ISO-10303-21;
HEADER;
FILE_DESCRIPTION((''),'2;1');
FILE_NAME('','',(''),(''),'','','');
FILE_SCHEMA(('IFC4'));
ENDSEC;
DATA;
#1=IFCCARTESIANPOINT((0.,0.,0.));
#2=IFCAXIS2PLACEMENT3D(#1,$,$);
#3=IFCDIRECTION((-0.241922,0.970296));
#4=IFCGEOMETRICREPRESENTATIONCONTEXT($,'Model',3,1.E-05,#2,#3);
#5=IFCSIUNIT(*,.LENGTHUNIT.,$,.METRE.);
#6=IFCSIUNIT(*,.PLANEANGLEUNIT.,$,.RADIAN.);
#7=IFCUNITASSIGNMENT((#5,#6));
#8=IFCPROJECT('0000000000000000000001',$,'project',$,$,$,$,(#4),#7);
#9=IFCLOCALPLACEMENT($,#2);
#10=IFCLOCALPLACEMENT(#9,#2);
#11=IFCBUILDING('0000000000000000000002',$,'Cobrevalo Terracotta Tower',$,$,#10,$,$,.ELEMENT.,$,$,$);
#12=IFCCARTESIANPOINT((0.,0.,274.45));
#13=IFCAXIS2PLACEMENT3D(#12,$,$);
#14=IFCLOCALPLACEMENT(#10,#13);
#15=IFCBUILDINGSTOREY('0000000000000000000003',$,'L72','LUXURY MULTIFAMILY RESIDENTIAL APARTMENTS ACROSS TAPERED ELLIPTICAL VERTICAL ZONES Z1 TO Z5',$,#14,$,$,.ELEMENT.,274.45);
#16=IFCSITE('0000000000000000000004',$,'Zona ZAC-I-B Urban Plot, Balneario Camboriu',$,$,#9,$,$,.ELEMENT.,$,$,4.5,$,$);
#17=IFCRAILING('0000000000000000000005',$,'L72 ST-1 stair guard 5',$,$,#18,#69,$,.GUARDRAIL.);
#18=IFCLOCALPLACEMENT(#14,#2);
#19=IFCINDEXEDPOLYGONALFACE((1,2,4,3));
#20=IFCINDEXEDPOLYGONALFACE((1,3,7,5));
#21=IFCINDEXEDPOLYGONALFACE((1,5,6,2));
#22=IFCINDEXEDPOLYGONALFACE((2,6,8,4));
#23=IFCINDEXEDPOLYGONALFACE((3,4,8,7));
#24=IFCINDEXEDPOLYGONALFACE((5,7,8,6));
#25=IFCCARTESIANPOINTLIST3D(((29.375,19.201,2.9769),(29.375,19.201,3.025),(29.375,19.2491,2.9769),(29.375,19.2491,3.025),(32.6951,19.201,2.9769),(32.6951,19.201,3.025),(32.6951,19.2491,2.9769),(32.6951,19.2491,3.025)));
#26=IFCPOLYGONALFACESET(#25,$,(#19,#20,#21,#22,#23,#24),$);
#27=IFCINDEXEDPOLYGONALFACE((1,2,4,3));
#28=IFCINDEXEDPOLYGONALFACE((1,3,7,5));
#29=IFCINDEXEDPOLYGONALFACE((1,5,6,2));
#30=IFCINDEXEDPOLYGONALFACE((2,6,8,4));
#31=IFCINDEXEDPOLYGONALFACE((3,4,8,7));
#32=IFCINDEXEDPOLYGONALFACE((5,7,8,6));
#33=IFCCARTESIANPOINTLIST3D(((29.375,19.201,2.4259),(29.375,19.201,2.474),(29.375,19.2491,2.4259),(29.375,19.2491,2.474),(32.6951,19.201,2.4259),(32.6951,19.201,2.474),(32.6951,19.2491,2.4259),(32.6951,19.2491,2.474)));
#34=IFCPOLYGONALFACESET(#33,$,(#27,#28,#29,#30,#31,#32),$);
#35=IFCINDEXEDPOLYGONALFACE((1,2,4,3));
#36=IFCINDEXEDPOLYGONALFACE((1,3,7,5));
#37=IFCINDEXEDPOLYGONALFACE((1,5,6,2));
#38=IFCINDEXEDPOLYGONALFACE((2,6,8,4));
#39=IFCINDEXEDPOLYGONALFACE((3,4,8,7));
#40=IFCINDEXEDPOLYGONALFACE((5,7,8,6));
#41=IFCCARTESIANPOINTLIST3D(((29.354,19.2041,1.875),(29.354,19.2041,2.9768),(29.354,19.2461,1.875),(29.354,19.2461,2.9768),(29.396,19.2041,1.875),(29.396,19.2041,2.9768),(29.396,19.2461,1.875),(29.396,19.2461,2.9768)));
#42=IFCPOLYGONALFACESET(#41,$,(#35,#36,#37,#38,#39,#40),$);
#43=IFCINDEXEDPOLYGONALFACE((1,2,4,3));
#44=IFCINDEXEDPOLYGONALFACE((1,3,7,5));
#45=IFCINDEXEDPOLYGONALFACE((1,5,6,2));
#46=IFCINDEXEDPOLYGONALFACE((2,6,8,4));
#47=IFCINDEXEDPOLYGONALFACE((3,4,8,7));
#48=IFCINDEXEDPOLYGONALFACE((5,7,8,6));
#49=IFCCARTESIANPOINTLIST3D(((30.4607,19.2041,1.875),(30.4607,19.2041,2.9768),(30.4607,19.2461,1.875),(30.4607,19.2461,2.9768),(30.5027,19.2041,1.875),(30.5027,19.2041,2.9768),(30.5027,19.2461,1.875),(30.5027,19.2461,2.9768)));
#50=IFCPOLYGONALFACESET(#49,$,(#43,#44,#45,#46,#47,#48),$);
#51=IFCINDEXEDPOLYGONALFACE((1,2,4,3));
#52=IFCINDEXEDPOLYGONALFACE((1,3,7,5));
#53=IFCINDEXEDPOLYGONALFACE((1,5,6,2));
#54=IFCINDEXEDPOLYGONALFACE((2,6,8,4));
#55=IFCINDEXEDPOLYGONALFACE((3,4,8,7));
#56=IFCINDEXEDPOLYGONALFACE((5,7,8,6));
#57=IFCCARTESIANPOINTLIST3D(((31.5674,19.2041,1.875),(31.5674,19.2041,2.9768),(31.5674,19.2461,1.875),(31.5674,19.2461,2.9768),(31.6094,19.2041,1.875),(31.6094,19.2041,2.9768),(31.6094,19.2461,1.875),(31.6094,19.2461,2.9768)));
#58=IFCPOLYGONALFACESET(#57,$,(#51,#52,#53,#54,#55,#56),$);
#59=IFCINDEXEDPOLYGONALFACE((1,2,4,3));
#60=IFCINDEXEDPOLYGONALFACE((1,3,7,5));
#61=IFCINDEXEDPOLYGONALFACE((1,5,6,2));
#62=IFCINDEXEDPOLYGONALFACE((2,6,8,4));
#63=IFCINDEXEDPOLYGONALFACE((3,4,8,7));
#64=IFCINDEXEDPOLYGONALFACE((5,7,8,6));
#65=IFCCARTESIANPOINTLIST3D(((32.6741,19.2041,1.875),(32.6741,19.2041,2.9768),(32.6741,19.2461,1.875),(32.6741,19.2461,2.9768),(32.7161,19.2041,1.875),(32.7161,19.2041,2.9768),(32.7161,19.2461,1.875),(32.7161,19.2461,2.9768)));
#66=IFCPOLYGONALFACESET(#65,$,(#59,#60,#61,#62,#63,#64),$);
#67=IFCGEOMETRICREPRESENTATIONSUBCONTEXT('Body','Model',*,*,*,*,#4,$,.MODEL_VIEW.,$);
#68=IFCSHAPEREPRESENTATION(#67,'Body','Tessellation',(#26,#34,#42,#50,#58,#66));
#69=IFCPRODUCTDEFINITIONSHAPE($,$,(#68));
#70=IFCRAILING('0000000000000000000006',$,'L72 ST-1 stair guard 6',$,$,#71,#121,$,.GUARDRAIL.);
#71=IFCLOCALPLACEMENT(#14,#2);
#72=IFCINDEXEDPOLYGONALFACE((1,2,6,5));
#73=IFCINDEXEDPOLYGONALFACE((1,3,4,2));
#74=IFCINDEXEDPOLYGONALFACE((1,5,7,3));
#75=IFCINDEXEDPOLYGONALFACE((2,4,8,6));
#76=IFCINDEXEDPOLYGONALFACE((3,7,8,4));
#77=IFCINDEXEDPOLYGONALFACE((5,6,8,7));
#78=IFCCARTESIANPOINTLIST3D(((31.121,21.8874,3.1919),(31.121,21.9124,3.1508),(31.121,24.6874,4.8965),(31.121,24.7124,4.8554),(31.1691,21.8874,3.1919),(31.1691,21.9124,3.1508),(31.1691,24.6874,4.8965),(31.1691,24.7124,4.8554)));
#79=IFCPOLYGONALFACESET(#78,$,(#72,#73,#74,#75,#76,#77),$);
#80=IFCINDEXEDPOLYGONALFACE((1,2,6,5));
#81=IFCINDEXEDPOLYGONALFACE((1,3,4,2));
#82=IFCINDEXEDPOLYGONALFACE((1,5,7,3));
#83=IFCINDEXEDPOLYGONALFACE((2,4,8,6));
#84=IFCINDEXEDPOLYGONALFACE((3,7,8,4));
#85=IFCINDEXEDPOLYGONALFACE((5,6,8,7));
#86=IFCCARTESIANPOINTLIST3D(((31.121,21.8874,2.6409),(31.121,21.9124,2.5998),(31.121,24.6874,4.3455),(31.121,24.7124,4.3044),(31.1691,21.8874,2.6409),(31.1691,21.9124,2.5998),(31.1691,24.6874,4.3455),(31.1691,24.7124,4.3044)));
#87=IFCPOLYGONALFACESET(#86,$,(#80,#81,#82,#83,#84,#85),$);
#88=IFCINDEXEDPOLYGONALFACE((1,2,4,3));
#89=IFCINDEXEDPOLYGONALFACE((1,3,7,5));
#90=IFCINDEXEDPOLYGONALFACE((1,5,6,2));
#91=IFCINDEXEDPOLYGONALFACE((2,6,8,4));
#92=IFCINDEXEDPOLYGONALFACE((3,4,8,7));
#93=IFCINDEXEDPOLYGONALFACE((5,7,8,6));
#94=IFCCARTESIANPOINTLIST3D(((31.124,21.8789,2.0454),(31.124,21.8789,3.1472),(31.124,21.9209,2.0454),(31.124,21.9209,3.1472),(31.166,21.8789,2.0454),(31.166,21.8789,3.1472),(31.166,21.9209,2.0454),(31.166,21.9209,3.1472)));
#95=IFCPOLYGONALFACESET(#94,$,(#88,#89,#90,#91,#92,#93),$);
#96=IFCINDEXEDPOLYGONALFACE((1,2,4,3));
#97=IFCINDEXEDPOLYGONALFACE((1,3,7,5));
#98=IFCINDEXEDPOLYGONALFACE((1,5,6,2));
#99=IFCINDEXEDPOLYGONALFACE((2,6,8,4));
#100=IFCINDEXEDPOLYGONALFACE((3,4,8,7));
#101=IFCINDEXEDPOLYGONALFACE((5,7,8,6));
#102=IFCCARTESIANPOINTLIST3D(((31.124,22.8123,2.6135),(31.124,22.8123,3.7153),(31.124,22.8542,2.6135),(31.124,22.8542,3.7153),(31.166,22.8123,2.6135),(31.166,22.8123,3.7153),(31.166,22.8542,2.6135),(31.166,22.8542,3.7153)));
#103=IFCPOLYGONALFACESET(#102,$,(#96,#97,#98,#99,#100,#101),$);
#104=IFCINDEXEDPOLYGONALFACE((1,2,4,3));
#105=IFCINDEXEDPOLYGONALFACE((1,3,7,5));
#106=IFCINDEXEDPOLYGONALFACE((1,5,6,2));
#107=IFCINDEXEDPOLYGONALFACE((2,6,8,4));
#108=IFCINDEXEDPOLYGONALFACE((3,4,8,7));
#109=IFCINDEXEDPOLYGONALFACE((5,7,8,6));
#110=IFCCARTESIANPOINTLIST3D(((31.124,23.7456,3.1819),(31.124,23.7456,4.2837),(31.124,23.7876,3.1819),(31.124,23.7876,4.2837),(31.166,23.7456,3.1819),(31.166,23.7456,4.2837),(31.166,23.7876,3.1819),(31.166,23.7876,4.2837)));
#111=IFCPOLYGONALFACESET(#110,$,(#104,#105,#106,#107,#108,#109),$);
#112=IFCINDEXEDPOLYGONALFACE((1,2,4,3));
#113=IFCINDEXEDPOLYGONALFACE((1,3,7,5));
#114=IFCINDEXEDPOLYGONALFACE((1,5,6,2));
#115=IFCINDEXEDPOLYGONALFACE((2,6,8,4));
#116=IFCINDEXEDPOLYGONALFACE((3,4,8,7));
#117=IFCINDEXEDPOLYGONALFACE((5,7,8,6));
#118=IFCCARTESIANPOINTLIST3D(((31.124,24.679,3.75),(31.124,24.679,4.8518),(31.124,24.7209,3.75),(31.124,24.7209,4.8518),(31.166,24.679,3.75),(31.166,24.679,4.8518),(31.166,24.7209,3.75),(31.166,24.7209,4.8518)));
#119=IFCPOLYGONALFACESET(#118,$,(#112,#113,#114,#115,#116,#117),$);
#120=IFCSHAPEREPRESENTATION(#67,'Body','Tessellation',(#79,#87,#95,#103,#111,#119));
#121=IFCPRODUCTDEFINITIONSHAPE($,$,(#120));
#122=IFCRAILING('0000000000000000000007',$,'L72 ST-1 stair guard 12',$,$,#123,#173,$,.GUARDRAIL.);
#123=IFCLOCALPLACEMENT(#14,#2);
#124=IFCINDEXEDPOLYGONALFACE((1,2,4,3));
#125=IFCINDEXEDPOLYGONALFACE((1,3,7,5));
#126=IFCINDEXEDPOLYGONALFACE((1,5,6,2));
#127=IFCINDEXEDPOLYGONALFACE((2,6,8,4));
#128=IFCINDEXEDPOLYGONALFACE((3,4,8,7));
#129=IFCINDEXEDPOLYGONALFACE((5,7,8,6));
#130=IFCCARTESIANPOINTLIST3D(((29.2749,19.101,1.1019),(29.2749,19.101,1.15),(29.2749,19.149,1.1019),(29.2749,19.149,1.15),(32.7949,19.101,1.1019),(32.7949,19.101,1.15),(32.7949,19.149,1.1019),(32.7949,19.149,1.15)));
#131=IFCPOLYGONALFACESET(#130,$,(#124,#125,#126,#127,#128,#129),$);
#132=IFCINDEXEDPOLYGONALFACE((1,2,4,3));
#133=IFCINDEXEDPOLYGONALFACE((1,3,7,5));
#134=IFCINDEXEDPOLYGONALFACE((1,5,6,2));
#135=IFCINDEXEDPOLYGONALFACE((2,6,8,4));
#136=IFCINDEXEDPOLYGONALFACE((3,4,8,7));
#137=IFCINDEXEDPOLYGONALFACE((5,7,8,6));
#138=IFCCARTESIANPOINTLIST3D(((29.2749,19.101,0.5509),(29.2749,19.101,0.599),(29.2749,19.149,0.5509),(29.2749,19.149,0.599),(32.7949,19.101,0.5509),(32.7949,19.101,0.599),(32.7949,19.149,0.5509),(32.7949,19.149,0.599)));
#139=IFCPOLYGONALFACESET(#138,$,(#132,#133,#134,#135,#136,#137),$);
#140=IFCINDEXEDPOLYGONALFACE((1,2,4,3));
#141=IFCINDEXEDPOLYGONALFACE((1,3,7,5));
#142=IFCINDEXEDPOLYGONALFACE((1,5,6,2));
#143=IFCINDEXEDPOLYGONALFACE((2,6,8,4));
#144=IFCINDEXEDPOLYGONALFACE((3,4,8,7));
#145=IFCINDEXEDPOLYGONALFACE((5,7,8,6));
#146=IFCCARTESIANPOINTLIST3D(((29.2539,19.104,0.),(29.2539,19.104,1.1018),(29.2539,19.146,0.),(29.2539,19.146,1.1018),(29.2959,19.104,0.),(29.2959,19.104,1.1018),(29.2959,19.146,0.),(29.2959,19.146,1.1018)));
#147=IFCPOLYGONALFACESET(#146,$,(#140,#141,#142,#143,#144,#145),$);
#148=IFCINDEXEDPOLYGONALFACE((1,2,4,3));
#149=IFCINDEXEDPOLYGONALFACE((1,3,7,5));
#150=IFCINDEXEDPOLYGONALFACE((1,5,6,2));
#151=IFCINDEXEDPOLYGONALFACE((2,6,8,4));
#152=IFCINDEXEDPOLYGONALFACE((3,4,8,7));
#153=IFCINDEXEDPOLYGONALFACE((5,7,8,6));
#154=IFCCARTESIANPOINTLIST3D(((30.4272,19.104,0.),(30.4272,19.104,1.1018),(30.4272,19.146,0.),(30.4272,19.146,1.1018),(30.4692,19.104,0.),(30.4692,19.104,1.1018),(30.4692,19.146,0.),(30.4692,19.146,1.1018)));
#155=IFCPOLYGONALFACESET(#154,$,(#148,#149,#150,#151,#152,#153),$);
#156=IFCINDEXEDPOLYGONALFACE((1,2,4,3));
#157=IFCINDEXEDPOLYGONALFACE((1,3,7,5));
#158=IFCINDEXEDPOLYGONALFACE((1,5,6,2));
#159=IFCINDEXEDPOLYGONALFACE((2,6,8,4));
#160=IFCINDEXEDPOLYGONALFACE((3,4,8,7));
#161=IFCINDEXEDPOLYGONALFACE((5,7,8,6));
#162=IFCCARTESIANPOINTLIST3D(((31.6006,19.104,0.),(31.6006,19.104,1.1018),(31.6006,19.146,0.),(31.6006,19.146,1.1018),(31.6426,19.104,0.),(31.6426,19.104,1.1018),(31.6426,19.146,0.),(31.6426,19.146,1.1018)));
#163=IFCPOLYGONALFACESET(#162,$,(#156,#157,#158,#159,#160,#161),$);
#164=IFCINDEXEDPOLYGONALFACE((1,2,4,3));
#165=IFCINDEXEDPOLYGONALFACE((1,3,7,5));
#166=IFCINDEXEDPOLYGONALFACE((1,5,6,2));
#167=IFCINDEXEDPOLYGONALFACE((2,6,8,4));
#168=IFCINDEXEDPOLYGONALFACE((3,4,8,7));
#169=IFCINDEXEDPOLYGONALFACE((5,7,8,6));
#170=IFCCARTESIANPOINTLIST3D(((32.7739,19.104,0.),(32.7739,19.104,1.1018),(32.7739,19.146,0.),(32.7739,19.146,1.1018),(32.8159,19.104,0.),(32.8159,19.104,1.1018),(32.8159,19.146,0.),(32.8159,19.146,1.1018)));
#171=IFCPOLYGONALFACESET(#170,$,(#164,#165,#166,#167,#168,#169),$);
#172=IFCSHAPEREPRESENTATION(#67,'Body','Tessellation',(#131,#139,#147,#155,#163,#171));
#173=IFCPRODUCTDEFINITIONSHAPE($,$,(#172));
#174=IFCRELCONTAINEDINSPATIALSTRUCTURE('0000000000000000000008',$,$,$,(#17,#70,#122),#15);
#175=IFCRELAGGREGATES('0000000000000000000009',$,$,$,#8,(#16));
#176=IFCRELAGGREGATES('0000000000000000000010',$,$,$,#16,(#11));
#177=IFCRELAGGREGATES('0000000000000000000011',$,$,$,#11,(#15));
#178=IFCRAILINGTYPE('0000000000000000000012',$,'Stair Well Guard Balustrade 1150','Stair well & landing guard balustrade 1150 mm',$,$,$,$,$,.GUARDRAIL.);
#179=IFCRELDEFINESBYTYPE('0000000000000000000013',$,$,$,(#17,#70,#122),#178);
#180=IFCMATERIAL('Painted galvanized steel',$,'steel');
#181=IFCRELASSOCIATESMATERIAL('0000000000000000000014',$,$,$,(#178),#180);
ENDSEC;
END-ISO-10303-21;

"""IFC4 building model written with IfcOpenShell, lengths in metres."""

from ifc_helpers import new_model, si_unit, direction, frame, origin, origin_2d, place, context, subcontext, project, spatial, rectangle, extrude, material, type_object, element, save


model = new_model("IFC4")

# Units and contexts
model_context = context("Model", 3, precision=1e-05, world=origin(), true_north=direction((-0.241922, 0.970296)))
body_context = subcontext(model_context, "Body", "Model", "MODEL_VIEW")
ifc_project = project(units=[si_unit("LENGTHUNIT", "METRE"), si_unit("PLANEANGLEUNIT", "RADIAN")], contexts=[model_context])

# Site, building, storey
site_placement = place(None, origin())
site = spatial("IfcSite", under=ifc_project, at=site_placement, Name="Zona ZAC-I-B Urban Plot, Balneario Camboriu", CompositionType="ELEMENT", RefElevation=4.5)
building_placement = place(site_placement, origin())
building = spatial("IfcBuilding", under=site, at=building_placement, Name="Cobrevalo Terracotta Tower", CompositionType="ELEMENT")
storey_placement = place(building_placement, frame((0.0, 0.0, 274.45)))
storey = spatial("IfcBuildingStorey", under=building, at=storey_placement, Name="L72", Description="LUXURY MULTIFAMILY RESIDENTIAL APARTMENTS ACROSS TAPERED ELLIPTICAL VERTICAL ZONES Z1 TO Z5", CompositionType="ELEMENT", Elevation=274.45)

# Railings
ifc_material_1 = material(Name="Painted galvanized steel", Category="steel")
railing_type_1 = type_object("IfcRailingType", Name="Stair Well Guard Balustrade 1150", Description="Stair well & landing guard balustrade 1150 mm", PredefinedType="GUARDRAIL", material=ifc_material_1)
railing_1_placement = place(storey_placement, frame((29.375, 19.2251, 1.875)))
element("IfcRailing", 1, at=railing_1_placement, inside=storey, type_object=railing_type_1, Name="L72 ST-1 stair guard 5", PredefinedType="GUARDRAIL", context=body_context, shape_type="SweptSolid", body=[
    extrude(rectangle(XDim=0.0481, YDim=0.0481, at=origin_2d()), frame((0.0, 0.0, 1.126), z_axis=(1.0, 0.0, 0.0), x_axis=(0.0, 1.0, 0.0)), (0.0, 0.0, 1.0), 3.3201),
    extrude(rectangle(XDim=0.0481, YDim=0.0481, at=origin_2d()), frame((0.0, 0.0, 0.575), z_axis=(1.0, 0.0, 0.0), x_axis=(0.0, 1.0, 0.0)), (0.0, 0.0, 1.0), 3.3201),
    extrude(rectangle(XDim=0.042, YDim=0.042, at=origin_2d()), origin(), (0.0, 0.0, 1.0), 1.1018),
    extrude(rectangle(XDim=0.042, YDim=0.042, at=origin_2d()), frame((1.1067, 0.0, 0.0)), (0.0, 0.0, 1.0), 1.1018),
    extrude(rectangle(XDim=0.042, YDim=0.042, at=origin_2d()), frame((2.2134, 0.0, 0.0)), (0.0, 0.0, 1.0), 1.1018),
    extrude(rectangle(XDim=0.042, YDim=0.042, at=origin_2d()), frame((3.3201, 0.0, 0.0)), (0.0, 0.0, 1.0), 1.1018),
])
railing_2_placement = place(storey_placement, frame((31.145, 21.8999, 2.0454)))
element("IfcRailing", 2, at=railing_2_placement, inside=storey, type_object=railing_type_1, Name="L72 ST-1 stair guard 6", PredefinedType="GUARDRAIL", context=body_context, shape_type="SweptSolid", body=[
    extrude(rectangle(XDim=0.0481, YDim=0.0481, at=origin_2d()), frame((0.0, 0.0, 1.126), z_axis=(0.0, 0.85417, 0.519994), x_axis=(-1.0, 0.0, 0.0)), (0.0, 0.0, 1.0), 3.2781),
    extrude(rectangle(XDim=0.0481, YDim=0.0481, at=origin_2d()), frame((0.0, 0.0, 0.575), z_axis=(0.0, 0.85417, 0.519994), x_axis=(-1.0, 0.0, 0.0)), (0.0, 0.0, 1.0), 3.2781),
    extrude(rectangle(XDim=0.042, YDim=0.042, at=origin_2d()), origin(), (0.0, 0.0, 1.0), 1.1018),
    extrude(rectangle(XDim=0.042, YDim=0.042, at=origin_2d()), frame((0.0, 0.9333, 0.5681)), (0.0, 0.0, 1.0), 1.1018),
    extrude(rectangle(XDim=0.042, YDim=0.042, at=origin_2d()), frame((0.0, 1.8667, 1.1365)), (0.0, 0.0, 1.0), 1.1018),
    extrude(rectangle(XDim=0.042, YDim=0.042, at=origin_2d()), frame((0.0, 2.8, 1.7046)), (0.0, 0.0, 1.0), 1.1018),
])
railing_3_placement = place(storey_placement, frame((29.2749, 19.125, 0.0)))
element("IfcRailing", 3, at=railing_3_placement, inside=storey, type_object=railing_type_1, Name="L72 ST-1 stair guard 12", PredefinedType="GUARDRAIL", context=body_context, shape_type="SweptSolid", body=[
    extrude(rectangle(XDim=0.0481, YDim=0.0481, at=origin_2d()), frame((0.0, 0.0, 1.126), z_axis=(1.0, 0.0, 0.0), x_axis=(0.0, 1.0, 0.0)), (0.0, 0.0, 1.0), 3.52),
    extrude(rectangle(XDim=0.0481, YDim=0.0481, at=origin_2d()), frame((0.0, 0.0, 0.575), z_axis=(1.0, 0.0, 0.0), x_axis=(0.0, 1.0, 0.0)), (0.0, 0.0, 1.0), 3.52),
    extrude(rectangle(XDim=0.042, YDim=0.042, at=origin_2d()), origin(), (0.0, 0.0, 1.0), 1.1018),
    extrude(rectangle(XDim=0.042, YDim=0.042, at=origin_2d()), frame((1.1733, 0.0, 0.0)), (0.0, 0.0, 1.0), 1.1018),
    extrude(rectangle(XDim=0.042, YDim=0.042, at=origin_2d()), frame((2.3467, 0.0, 0.0)), (0.0, 0.0, 1.0), 1.1018),
    extrude(rectangle(XDim=0.042, YDim=0.042, at=origin_2d()), frame((3.52, 0.0, 0.0)), (0.0, 0.0, 1.0), 1.1018),
])

save(model, "model.ifc")
